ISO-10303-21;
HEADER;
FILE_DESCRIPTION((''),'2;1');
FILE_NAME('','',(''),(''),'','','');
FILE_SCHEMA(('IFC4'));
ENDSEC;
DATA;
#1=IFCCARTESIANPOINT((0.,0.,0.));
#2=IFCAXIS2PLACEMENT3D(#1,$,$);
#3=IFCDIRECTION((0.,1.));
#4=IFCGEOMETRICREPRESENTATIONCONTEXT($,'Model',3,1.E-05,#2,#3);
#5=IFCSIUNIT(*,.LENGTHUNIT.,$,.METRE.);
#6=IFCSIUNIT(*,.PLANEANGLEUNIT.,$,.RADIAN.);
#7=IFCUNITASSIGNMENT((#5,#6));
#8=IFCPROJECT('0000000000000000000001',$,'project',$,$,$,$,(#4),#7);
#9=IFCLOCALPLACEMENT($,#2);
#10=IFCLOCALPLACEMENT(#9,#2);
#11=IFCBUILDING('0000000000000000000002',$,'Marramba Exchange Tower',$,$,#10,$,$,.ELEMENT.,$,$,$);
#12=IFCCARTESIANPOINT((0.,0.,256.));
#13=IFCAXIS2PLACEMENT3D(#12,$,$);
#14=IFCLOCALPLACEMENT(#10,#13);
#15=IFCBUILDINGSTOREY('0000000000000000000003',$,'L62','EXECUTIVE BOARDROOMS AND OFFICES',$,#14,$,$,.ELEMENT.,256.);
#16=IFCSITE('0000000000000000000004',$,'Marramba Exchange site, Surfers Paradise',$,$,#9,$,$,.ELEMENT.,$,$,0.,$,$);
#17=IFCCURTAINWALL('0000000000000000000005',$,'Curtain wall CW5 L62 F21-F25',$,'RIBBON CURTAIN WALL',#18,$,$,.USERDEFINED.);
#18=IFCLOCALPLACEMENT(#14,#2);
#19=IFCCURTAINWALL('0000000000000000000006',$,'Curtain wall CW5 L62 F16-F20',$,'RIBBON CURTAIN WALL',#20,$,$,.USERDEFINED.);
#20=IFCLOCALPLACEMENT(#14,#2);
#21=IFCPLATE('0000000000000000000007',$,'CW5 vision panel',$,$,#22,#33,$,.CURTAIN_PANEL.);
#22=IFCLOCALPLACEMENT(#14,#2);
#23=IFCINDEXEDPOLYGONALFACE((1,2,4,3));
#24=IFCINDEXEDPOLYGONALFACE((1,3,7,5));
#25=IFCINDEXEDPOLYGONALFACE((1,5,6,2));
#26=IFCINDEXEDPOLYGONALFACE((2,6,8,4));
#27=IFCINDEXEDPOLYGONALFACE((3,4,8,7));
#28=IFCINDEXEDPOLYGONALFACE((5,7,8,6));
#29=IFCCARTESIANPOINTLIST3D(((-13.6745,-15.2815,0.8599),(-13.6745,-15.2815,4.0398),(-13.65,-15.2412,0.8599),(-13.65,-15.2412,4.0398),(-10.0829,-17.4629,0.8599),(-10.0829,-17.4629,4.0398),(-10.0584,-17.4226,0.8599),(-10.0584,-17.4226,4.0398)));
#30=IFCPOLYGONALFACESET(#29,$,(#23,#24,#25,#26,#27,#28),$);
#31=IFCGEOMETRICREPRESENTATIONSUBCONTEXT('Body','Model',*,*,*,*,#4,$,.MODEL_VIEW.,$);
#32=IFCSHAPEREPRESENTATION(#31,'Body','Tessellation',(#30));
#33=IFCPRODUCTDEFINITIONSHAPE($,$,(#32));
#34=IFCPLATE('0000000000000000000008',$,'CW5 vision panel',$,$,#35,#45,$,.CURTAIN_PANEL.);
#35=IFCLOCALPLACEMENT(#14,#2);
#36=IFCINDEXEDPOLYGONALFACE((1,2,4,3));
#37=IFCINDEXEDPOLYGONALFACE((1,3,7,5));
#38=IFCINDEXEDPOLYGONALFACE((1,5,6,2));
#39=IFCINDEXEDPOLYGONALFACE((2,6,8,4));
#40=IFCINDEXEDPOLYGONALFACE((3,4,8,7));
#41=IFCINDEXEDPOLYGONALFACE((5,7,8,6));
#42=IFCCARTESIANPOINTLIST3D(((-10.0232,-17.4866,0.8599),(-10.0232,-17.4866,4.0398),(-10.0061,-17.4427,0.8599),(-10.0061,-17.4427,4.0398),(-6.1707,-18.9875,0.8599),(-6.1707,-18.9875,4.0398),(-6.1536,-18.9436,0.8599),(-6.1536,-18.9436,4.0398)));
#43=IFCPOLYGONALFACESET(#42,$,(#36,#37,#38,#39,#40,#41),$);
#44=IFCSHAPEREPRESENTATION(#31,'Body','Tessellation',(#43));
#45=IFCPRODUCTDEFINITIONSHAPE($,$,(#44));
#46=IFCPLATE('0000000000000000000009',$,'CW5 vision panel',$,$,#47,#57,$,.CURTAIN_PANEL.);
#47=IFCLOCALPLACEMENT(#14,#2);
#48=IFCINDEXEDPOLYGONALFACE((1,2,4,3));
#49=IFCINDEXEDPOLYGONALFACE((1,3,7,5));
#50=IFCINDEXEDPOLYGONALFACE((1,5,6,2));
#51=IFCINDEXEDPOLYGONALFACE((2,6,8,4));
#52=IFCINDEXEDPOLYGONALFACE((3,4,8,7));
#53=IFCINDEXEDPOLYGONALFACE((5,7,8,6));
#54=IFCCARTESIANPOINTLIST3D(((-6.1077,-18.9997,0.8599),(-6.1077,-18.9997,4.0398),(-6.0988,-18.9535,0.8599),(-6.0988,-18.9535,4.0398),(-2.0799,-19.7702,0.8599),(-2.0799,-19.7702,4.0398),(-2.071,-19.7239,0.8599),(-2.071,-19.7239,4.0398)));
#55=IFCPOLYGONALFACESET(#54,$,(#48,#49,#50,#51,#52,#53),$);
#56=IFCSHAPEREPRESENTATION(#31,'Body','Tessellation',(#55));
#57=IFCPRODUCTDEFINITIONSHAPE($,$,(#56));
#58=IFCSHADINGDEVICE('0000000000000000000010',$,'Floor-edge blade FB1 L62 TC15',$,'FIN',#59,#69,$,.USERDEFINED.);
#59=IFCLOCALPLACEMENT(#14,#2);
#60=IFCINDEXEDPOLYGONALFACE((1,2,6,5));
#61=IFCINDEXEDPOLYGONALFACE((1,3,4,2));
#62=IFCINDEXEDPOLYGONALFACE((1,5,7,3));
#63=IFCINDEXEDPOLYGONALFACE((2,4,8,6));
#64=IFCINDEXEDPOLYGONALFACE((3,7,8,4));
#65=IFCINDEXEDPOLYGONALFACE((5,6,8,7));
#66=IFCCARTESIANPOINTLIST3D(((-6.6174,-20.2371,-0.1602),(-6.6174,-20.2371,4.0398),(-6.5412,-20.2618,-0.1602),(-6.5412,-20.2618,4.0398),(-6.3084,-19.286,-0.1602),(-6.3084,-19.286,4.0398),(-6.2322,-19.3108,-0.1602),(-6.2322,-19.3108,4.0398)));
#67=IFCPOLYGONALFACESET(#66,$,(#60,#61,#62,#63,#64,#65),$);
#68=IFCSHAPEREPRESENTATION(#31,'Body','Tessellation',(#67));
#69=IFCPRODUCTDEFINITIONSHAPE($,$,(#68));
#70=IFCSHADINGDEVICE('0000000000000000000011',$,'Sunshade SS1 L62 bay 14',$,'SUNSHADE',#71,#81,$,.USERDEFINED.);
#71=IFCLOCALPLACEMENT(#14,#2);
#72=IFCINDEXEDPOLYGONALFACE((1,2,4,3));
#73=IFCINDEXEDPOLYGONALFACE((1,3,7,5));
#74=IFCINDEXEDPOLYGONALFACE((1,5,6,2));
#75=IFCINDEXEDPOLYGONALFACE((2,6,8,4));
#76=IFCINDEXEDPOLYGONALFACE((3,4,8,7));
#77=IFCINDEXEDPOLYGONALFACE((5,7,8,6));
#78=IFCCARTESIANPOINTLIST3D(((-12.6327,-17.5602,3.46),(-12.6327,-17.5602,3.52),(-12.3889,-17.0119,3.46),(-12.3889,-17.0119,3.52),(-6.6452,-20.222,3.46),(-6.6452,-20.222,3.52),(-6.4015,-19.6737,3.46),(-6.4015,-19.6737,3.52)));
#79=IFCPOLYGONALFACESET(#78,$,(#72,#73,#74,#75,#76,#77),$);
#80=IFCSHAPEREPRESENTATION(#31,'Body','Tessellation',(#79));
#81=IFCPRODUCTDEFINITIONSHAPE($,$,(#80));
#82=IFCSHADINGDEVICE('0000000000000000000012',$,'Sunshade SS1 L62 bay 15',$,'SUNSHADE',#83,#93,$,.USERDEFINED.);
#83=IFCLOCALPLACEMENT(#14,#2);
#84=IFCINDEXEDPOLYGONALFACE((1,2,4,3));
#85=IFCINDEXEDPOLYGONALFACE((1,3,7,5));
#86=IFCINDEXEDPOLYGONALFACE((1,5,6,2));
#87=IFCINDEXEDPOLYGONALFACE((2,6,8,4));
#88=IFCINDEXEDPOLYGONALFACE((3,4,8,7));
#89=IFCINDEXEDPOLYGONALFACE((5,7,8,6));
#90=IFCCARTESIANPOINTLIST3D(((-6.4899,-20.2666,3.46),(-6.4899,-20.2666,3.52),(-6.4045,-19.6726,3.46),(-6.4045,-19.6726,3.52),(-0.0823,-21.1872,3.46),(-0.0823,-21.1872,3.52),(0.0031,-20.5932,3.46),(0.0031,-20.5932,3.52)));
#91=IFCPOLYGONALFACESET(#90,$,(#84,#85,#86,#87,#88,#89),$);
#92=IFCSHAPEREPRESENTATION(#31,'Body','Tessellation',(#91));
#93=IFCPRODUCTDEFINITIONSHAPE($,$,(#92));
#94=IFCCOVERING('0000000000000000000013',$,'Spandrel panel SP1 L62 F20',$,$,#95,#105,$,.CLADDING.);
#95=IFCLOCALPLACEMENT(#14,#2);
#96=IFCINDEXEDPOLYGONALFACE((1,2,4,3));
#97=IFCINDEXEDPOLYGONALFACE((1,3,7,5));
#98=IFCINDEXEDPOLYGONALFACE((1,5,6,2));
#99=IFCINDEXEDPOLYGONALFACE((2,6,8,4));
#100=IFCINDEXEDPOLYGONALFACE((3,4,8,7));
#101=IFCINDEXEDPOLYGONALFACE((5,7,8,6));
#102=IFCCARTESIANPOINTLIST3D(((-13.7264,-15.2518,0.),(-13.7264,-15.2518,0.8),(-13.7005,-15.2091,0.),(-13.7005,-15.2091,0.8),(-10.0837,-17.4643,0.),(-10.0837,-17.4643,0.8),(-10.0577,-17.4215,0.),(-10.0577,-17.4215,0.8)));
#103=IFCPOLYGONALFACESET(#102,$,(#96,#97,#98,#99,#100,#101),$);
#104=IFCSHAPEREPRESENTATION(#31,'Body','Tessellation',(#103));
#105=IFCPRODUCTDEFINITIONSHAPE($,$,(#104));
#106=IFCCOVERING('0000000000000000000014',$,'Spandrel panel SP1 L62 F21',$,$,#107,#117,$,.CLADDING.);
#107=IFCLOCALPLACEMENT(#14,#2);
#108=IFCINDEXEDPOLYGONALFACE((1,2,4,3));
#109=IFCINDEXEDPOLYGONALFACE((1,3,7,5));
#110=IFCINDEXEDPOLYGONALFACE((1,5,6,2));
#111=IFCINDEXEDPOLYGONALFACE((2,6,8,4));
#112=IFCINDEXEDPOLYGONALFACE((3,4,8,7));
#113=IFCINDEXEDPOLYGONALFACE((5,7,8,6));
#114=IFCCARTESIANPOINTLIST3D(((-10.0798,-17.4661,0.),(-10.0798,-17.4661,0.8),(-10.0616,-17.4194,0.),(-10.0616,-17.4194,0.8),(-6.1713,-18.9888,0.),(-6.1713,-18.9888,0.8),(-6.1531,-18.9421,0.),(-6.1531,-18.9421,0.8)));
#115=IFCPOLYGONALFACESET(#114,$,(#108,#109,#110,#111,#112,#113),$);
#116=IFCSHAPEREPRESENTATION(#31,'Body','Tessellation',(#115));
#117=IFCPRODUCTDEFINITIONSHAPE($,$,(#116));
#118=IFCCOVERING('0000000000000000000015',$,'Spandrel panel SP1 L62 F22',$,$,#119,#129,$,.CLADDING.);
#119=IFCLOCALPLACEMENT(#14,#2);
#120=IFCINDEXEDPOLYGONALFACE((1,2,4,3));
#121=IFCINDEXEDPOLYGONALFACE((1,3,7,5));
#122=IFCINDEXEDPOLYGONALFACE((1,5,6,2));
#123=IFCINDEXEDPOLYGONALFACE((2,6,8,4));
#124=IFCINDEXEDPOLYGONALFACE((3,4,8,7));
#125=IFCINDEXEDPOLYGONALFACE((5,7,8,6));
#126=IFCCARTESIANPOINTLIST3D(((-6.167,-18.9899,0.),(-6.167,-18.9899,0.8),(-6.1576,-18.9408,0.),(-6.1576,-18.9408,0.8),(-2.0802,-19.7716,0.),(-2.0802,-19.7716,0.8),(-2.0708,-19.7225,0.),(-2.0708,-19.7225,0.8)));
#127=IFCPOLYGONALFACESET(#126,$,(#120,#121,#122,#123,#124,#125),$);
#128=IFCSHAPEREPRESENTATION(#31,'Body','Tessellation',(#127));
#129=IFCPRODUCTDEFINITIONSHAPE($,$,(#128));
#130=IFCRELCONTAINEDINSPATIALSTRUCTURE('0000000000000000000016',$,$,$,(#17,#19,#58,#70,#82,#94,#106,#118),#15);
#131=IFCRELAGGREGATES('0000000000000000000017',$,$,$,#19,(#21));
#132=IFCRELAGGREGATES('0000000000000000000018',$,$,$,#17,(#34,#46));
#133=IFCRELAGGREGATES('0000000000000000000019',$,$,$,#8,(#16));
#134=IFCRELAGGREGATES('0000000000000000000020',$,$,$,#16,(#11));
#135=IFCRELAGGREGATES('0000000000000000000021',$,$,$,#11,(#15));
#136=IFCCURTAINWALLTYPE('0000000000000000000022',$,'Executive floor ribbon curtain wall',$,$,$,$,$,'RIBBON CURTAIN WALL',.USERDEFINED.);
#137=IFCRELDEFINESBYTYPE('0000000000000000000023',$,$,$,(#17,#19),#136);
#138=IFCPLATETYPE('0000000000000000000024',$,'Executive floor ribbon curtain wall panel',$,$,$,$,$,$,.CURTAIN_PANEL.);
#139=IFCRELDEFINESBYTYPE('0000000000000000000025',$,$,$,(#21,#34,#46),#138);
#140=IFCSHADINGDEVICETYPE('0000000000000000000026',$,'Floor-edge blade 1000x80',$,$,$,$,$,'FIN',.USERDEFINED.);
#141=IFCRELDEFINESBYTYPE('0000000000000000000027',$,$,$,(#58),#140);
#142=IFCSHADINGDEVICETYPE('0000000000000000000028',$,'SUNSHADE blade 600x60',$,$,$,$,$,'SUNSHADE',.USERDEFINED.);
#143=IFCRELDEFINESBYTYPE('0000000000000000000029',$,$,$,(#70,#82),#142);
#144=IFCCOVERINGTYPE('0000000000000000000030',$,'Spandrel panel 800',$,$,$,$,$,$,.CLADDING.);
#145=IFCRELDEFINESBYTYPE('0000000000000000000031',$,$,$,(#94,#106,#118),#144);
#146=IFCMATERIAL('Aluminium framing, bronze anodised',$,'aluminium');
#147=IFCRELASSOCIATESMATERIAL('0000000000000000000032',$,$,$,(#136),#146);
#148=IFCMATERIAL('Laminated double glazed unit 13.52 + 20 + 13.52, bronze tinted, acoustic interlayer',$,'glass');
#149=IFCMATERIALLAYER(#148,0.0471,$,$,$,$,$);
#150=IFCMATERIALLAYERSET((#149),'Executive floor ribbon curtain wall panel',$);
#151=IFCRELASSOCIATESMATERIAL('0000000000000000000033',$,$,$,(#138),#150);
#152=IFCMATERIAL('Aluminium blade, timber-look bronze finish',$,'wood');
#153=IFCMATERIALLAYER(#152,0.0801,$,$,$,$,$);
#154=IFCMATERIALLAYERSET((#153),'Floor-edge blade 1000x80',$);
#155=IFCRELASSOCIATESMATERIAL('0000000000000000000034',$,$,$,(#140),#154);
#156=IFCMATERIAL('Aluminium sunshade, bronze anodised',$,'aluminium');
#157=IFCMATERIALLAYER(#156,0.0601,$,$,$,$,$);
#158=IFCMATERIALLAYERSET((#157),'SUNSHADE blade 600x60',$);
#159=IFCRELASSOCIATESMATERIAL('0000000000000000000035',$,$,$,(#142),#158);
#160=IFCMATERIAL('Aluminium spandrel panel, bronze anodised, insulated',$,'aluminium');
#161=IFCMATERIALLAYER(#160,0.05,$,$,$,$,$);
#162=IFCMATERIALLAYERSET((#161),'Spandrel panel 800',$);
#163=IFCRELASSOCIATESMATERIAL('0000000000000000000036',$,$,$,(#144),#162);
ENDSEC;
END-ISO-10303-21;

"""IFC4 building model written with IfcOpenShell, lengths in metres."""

from ifc_helpers import new_model, si_unit, direction, frame, origin, origin_2d, place, context, subcontext, project, spatial, rectangle, extrude, material, layer, layer_set, type_object, element, aggregate, save


model = new_model("IFC4")

# Units and contexts
model_context = context("Model", 3, precision=1e-05, world=origin(), true_north=direction((0.0, 1.0)))
body_context = subcontext(model_context, "Body", "Model", "MODEL_VIEW")
ifc_project = project(units=[si_unit("LENGTHUNIT", "METRE"), si_unit("PLANEANGLEUNIT", "RADIAN")], contexts=[model_context])

# Site, building, storey
site_placement = place(None, origin())
site = spatial("IfcSite", under=ifc_project, at=site_placement, Name="Marramba Exchange site, Surfers Paradise", CompositionType="ELEMENT", RefElevation=0.0)
building_placement = place(site_placement, origin())
building = spatial("IfcBuilding", under=site, at=building_placement, Name="Marramba Exchange Tower", CompositionType="ELEMENT")
storey_placement = place(building_placement, frame((0.0, 0.0, 256.0)))
storey = spatial("IfcBuildingStorey", under=building, at=storey_placement, Name="L62", Description="EXECUTIVE BOARDROOMS AND OFFICES", CompositionType="ELEMENT", Elevation=256.0)

# Curtain wall
ifc_material_1 = material(Name="Aluminium framing, bronze anodised", Category="aluminium")
curtain_wall_type = type_object("IfcCurtainWallType", Name="Executive floor ribbon curtain wall", ElementType="RIBBON CURTAIN WALL", PredefinedType="USERDEFINED", material=ifc_material_1)
curtain_wall_1_placement = place(storey_placement, origin())
curtain_wall_1 = element("IfcCurtainWall", 1, at=curtain_wall_1_placement, inside=storey, type_object=curtain_wall_type, Name="Curtain wall CW5 L62 F21-F25", ObjectType="RIBBON CURTAIN WALL", PredefinedType="USERDEFINED")

# Curtain wall, plate
curtain_wall_2_placement = place(storey_placement, origin())
curtain_wall_2 = element("IfcCurtainWall", 2, at=curtain_wall_2_placement, inside=storey, type_object=curtain_wall_type, Name="Curtain wall CW5 L62 F16-F20", ObjectType="RIBBON CURTAIN WALL", PredefinedType="USERDEFINED")
ifc_material_2 = material(Name="Laminated double glazed unit 13.52 + 20 + 13.52, bronze tinted, acoustic interlayer", Category="glass")
ifc_layer_1 = layer(ifc_material_2, 0.0471)
ifc_layer_set_1 = layer_set([ifc_layer_1], Name="Executive floor ribbon curtain wall panel")
plate_type = type_object("IfcPlateType", Name="Executive floor ribbon curtain wall panel", PredefinedType="CURTAIN_PANEL", material=ifc_layer_set_1)
plate_1_placement = place(storey_placement, frame((-11.8665, -16.3521, 0.8599), z_axis=(0.0, 0.0, 1.0), x_axis=(0.854704, -0.519115, 0.0)))
plate_1 = element("IfcPlate", 3, at=plate_1_placement, type_object=plate_type, Name="CW5 vision panel", PredefinedType="CURTAIN_PANEL", context=body_context, shape_type="SweptSolid", body=[
    extrude(rectangle(XDim=4.2021, YDim=0.0471, at=origin_2d()), origin(), (0.0, 0.0, 1.0), 3.1799),
])
aggregate(curtain_wall_2, [plate_1])

# Plates
plate_2_placement = place(storey_placement, frame((-8.0884, -18.2151, 0.8599), z_axis=(0.0, 0.0, 1.0), x_axis=(0.931785, -0.36301, 0.0)))
plate_2 = element("IfcPlate", 4, at=plate_2_placement, type_object=plate_type, Name="CW5 vision panel", PredefinedType="CURTAIN_PANEL", context=body_context, shape_type="SweptSolid", body=[
    extrude(rectangle(XDim=4.1345, YDim=0.0471, at=origin_2d()), origin(), (0.0, 0.0, 1.0), 3.1799),
])
plate_3_placement = place(storey_placement, frame((-4.0894, -19.3618, 0.8599), z_axis=(0.0, 0.0, 1.0), x_axis=(0.982193, -0.187873, 0.0)))
plate_3 = element("IfcPlate", 5, at=plate_3_placement, type_object=plate_type, Name="CW5 vision panel", PredefinedType="CURTAIN_PANEL", context=body_context, shape_type="SweptSolid", body=[
    extrude(rectangle(XDim=4.1008, YDim=0.0471, at=origin_2d()), origin(), (0.0, 0.0, 1.0), 3.1799),
])
aggregate(curtain_wall_1, [plate_2, plate_3])

# Shading devices
ifc_material_3 = material(Name="Aluminium blade, timber-look bronze finish", Category="wood")
ifc_layer_2 = layer(ifc_material_3, 0.0801)
ifc_layer_set_2 = layer_set([ifc_layer_2], Name="Floor-edge blade 1000x80")
shading_device_type_1 = type_object("IfcShadingDeviceType", Name="Floor-edge blade 1000x80", ElementType="FIN", PredefinedType="USERDEFINED", material=ifc_layer_set_2)
shading_device_1_placement = place(storey_placement, frame((-6.4248, -19.7739, -0.1602), z_axis=(0.0, 0.0, 1.0), x_axis=(-0.309017, -0.951057, 0.0)))
element("IfcShadingDevice", 6, at=shading_device_1_placement, inside=storey, type_object=shading_device_type_1, Name="Floor-edge blade FB1 L62 TC15", ObjectType="FIN", PredefinedType="USERDEFINED", context=body_context, shape_type="SweptSolid", body=[
    extrude(rectangle(XDim=1.0, YDim=0.0801, at=origin_2d()), origin(), (0.0, 0.0, 1.0), 4.2),
])
ifc_material_4 = material(Name="Aluminium sunshade, bronze anodised", Category="aluminium")
ifc_layer_3 = layer(ifc_material_4, 0.0601)
ifc_layer_set_3 = layer_set([ifc_layer_3], Name="SUNSHADE blade 600x60")
shading_device_type_2 = type_object("IfcShadingDeviceType", Name="SUNSHADE blade 600x60", ElementType="SUNSHADE", PredefinedType="USERDEFINED", material=ifc_layer_set_3)
shading_device_2_placement = place(storey_placement, frame((-9.5171, -18.6169, 3.46), z_axis=(0.0, 0.0, 1.0), x_axis=(0.913771, -0.406229, 0.0)))
element("IfcShadingDevice", 7, at=shading_device_2_placement, inside=storey, type_object=shading_device_type_2, Name="Sunshade SS1 L62 bay 14", ObjectType="SUNSHADE", PredefinedType="USERDEFINED", context=body_context, shape_type="SweptSolid", body=[
    extrude(rectangle(XDim=6.5525, YDim=0.6001, at=origin_2d()), origin(), (0.0, 0.0, 1.0), 0.0601),
])
shading_device_3_placement = place(storey_placement, frame((-3.2434, -20.4299, 3.46), z_axis=(0.0, 0.0, 1.0), x_axis=(0.989837, -0.14221, 0.0)))
element("IfcShadingDevice", 8, at=shading_device_3_placement, inside=storey, type_object=shading_device_type_2, Name="Sunshade SS1 L62 bay 15", ObjectType="SUNSHADE", PredefinedType="USERDEFINED", context=body_context, shape_type="SweptSolid", body=[
    extrude(rectangle(XDim=6.4734, YDim=0.6001, at=origin_2d()), origin(), (0.0, 0.0, 1.0), 0.0601),
])

# Coverings
ifc_material_5 = material(Name="Aluminium spandrel panel, bronze anodised, insulated", Category="aluminium")
ifc_layer_4 = layer(ifc_material_5, 0.05)
ifc_layer_set_4 = layer_set([ifc_layer_4], Name="Spandrel panel 800")
covering_type = type_object("IfcCoveringType", Name="Spandrel panel 800", PredefinedType="CLADDING", material=ifc_layer_set_4)
covering_1_placement = place(storey_placement, frame((-11.8921, -16.3367, 0.0), z_axis=(0.0, 0.0, 1.0), x_axis=(0.854704, -0.519115, 0.0)))
element("IfcCovering", 9, at=covering_1_placement, inside=storey, type_object=covering_type, Name="Spandrel panel SP1 L62 F20", PredefinedType="CLADDING", context=body_context, shape_type="SweptSolid", body=[
    extrude(rectangle(XDim=4.262, YDim=0.05, at=origin_2d()), origin(), (0.0, 0.0, 1.0), 0.8),
])
covering_2_placement = place(storey_placement, frame((-8.1165, -18.2041, 0.0), z_axis=(0.0, 0.0, 1.0), x_axis=(0.931785, -0.36301, 0.0)))
element("IfcCovering", 10, at=covering_2_placement, inside=storey, type_object=covering_type, Name="Spandrel panel SP1 L62 F21", PredefinedType="CLADDING", context=body_context, shape_type="SweptSolid", body=[
    extrude(rectangle(XDim=4.1946, YDim=0.05, at=origin_2d()), origin(), (0.0, 0.0, 1.0), 0.8),
])
covering_3_placement = place(storey_placement, frame((-4.1189, -19.3562, 0.0), z_axis=(0.0, 0.0, 1.0), x_axis=(0.982193, -0.187873, 0.0)))
element("IfcCovering", 11, at=covering_3_placement, inside=storey, type_object=covering_type, Name="Spandrel panel SP1 L62 F22", PredefinedType="CLADDING", context=body_context, shape_type="SweptSolid", body=[
    extrude(rectangle(XDim=4.1609, YDim=0.05, at=origin_2d()), origin(), (0.0, 0.0, 1.0), 0.8),
])

save(model, "model.ifc")
